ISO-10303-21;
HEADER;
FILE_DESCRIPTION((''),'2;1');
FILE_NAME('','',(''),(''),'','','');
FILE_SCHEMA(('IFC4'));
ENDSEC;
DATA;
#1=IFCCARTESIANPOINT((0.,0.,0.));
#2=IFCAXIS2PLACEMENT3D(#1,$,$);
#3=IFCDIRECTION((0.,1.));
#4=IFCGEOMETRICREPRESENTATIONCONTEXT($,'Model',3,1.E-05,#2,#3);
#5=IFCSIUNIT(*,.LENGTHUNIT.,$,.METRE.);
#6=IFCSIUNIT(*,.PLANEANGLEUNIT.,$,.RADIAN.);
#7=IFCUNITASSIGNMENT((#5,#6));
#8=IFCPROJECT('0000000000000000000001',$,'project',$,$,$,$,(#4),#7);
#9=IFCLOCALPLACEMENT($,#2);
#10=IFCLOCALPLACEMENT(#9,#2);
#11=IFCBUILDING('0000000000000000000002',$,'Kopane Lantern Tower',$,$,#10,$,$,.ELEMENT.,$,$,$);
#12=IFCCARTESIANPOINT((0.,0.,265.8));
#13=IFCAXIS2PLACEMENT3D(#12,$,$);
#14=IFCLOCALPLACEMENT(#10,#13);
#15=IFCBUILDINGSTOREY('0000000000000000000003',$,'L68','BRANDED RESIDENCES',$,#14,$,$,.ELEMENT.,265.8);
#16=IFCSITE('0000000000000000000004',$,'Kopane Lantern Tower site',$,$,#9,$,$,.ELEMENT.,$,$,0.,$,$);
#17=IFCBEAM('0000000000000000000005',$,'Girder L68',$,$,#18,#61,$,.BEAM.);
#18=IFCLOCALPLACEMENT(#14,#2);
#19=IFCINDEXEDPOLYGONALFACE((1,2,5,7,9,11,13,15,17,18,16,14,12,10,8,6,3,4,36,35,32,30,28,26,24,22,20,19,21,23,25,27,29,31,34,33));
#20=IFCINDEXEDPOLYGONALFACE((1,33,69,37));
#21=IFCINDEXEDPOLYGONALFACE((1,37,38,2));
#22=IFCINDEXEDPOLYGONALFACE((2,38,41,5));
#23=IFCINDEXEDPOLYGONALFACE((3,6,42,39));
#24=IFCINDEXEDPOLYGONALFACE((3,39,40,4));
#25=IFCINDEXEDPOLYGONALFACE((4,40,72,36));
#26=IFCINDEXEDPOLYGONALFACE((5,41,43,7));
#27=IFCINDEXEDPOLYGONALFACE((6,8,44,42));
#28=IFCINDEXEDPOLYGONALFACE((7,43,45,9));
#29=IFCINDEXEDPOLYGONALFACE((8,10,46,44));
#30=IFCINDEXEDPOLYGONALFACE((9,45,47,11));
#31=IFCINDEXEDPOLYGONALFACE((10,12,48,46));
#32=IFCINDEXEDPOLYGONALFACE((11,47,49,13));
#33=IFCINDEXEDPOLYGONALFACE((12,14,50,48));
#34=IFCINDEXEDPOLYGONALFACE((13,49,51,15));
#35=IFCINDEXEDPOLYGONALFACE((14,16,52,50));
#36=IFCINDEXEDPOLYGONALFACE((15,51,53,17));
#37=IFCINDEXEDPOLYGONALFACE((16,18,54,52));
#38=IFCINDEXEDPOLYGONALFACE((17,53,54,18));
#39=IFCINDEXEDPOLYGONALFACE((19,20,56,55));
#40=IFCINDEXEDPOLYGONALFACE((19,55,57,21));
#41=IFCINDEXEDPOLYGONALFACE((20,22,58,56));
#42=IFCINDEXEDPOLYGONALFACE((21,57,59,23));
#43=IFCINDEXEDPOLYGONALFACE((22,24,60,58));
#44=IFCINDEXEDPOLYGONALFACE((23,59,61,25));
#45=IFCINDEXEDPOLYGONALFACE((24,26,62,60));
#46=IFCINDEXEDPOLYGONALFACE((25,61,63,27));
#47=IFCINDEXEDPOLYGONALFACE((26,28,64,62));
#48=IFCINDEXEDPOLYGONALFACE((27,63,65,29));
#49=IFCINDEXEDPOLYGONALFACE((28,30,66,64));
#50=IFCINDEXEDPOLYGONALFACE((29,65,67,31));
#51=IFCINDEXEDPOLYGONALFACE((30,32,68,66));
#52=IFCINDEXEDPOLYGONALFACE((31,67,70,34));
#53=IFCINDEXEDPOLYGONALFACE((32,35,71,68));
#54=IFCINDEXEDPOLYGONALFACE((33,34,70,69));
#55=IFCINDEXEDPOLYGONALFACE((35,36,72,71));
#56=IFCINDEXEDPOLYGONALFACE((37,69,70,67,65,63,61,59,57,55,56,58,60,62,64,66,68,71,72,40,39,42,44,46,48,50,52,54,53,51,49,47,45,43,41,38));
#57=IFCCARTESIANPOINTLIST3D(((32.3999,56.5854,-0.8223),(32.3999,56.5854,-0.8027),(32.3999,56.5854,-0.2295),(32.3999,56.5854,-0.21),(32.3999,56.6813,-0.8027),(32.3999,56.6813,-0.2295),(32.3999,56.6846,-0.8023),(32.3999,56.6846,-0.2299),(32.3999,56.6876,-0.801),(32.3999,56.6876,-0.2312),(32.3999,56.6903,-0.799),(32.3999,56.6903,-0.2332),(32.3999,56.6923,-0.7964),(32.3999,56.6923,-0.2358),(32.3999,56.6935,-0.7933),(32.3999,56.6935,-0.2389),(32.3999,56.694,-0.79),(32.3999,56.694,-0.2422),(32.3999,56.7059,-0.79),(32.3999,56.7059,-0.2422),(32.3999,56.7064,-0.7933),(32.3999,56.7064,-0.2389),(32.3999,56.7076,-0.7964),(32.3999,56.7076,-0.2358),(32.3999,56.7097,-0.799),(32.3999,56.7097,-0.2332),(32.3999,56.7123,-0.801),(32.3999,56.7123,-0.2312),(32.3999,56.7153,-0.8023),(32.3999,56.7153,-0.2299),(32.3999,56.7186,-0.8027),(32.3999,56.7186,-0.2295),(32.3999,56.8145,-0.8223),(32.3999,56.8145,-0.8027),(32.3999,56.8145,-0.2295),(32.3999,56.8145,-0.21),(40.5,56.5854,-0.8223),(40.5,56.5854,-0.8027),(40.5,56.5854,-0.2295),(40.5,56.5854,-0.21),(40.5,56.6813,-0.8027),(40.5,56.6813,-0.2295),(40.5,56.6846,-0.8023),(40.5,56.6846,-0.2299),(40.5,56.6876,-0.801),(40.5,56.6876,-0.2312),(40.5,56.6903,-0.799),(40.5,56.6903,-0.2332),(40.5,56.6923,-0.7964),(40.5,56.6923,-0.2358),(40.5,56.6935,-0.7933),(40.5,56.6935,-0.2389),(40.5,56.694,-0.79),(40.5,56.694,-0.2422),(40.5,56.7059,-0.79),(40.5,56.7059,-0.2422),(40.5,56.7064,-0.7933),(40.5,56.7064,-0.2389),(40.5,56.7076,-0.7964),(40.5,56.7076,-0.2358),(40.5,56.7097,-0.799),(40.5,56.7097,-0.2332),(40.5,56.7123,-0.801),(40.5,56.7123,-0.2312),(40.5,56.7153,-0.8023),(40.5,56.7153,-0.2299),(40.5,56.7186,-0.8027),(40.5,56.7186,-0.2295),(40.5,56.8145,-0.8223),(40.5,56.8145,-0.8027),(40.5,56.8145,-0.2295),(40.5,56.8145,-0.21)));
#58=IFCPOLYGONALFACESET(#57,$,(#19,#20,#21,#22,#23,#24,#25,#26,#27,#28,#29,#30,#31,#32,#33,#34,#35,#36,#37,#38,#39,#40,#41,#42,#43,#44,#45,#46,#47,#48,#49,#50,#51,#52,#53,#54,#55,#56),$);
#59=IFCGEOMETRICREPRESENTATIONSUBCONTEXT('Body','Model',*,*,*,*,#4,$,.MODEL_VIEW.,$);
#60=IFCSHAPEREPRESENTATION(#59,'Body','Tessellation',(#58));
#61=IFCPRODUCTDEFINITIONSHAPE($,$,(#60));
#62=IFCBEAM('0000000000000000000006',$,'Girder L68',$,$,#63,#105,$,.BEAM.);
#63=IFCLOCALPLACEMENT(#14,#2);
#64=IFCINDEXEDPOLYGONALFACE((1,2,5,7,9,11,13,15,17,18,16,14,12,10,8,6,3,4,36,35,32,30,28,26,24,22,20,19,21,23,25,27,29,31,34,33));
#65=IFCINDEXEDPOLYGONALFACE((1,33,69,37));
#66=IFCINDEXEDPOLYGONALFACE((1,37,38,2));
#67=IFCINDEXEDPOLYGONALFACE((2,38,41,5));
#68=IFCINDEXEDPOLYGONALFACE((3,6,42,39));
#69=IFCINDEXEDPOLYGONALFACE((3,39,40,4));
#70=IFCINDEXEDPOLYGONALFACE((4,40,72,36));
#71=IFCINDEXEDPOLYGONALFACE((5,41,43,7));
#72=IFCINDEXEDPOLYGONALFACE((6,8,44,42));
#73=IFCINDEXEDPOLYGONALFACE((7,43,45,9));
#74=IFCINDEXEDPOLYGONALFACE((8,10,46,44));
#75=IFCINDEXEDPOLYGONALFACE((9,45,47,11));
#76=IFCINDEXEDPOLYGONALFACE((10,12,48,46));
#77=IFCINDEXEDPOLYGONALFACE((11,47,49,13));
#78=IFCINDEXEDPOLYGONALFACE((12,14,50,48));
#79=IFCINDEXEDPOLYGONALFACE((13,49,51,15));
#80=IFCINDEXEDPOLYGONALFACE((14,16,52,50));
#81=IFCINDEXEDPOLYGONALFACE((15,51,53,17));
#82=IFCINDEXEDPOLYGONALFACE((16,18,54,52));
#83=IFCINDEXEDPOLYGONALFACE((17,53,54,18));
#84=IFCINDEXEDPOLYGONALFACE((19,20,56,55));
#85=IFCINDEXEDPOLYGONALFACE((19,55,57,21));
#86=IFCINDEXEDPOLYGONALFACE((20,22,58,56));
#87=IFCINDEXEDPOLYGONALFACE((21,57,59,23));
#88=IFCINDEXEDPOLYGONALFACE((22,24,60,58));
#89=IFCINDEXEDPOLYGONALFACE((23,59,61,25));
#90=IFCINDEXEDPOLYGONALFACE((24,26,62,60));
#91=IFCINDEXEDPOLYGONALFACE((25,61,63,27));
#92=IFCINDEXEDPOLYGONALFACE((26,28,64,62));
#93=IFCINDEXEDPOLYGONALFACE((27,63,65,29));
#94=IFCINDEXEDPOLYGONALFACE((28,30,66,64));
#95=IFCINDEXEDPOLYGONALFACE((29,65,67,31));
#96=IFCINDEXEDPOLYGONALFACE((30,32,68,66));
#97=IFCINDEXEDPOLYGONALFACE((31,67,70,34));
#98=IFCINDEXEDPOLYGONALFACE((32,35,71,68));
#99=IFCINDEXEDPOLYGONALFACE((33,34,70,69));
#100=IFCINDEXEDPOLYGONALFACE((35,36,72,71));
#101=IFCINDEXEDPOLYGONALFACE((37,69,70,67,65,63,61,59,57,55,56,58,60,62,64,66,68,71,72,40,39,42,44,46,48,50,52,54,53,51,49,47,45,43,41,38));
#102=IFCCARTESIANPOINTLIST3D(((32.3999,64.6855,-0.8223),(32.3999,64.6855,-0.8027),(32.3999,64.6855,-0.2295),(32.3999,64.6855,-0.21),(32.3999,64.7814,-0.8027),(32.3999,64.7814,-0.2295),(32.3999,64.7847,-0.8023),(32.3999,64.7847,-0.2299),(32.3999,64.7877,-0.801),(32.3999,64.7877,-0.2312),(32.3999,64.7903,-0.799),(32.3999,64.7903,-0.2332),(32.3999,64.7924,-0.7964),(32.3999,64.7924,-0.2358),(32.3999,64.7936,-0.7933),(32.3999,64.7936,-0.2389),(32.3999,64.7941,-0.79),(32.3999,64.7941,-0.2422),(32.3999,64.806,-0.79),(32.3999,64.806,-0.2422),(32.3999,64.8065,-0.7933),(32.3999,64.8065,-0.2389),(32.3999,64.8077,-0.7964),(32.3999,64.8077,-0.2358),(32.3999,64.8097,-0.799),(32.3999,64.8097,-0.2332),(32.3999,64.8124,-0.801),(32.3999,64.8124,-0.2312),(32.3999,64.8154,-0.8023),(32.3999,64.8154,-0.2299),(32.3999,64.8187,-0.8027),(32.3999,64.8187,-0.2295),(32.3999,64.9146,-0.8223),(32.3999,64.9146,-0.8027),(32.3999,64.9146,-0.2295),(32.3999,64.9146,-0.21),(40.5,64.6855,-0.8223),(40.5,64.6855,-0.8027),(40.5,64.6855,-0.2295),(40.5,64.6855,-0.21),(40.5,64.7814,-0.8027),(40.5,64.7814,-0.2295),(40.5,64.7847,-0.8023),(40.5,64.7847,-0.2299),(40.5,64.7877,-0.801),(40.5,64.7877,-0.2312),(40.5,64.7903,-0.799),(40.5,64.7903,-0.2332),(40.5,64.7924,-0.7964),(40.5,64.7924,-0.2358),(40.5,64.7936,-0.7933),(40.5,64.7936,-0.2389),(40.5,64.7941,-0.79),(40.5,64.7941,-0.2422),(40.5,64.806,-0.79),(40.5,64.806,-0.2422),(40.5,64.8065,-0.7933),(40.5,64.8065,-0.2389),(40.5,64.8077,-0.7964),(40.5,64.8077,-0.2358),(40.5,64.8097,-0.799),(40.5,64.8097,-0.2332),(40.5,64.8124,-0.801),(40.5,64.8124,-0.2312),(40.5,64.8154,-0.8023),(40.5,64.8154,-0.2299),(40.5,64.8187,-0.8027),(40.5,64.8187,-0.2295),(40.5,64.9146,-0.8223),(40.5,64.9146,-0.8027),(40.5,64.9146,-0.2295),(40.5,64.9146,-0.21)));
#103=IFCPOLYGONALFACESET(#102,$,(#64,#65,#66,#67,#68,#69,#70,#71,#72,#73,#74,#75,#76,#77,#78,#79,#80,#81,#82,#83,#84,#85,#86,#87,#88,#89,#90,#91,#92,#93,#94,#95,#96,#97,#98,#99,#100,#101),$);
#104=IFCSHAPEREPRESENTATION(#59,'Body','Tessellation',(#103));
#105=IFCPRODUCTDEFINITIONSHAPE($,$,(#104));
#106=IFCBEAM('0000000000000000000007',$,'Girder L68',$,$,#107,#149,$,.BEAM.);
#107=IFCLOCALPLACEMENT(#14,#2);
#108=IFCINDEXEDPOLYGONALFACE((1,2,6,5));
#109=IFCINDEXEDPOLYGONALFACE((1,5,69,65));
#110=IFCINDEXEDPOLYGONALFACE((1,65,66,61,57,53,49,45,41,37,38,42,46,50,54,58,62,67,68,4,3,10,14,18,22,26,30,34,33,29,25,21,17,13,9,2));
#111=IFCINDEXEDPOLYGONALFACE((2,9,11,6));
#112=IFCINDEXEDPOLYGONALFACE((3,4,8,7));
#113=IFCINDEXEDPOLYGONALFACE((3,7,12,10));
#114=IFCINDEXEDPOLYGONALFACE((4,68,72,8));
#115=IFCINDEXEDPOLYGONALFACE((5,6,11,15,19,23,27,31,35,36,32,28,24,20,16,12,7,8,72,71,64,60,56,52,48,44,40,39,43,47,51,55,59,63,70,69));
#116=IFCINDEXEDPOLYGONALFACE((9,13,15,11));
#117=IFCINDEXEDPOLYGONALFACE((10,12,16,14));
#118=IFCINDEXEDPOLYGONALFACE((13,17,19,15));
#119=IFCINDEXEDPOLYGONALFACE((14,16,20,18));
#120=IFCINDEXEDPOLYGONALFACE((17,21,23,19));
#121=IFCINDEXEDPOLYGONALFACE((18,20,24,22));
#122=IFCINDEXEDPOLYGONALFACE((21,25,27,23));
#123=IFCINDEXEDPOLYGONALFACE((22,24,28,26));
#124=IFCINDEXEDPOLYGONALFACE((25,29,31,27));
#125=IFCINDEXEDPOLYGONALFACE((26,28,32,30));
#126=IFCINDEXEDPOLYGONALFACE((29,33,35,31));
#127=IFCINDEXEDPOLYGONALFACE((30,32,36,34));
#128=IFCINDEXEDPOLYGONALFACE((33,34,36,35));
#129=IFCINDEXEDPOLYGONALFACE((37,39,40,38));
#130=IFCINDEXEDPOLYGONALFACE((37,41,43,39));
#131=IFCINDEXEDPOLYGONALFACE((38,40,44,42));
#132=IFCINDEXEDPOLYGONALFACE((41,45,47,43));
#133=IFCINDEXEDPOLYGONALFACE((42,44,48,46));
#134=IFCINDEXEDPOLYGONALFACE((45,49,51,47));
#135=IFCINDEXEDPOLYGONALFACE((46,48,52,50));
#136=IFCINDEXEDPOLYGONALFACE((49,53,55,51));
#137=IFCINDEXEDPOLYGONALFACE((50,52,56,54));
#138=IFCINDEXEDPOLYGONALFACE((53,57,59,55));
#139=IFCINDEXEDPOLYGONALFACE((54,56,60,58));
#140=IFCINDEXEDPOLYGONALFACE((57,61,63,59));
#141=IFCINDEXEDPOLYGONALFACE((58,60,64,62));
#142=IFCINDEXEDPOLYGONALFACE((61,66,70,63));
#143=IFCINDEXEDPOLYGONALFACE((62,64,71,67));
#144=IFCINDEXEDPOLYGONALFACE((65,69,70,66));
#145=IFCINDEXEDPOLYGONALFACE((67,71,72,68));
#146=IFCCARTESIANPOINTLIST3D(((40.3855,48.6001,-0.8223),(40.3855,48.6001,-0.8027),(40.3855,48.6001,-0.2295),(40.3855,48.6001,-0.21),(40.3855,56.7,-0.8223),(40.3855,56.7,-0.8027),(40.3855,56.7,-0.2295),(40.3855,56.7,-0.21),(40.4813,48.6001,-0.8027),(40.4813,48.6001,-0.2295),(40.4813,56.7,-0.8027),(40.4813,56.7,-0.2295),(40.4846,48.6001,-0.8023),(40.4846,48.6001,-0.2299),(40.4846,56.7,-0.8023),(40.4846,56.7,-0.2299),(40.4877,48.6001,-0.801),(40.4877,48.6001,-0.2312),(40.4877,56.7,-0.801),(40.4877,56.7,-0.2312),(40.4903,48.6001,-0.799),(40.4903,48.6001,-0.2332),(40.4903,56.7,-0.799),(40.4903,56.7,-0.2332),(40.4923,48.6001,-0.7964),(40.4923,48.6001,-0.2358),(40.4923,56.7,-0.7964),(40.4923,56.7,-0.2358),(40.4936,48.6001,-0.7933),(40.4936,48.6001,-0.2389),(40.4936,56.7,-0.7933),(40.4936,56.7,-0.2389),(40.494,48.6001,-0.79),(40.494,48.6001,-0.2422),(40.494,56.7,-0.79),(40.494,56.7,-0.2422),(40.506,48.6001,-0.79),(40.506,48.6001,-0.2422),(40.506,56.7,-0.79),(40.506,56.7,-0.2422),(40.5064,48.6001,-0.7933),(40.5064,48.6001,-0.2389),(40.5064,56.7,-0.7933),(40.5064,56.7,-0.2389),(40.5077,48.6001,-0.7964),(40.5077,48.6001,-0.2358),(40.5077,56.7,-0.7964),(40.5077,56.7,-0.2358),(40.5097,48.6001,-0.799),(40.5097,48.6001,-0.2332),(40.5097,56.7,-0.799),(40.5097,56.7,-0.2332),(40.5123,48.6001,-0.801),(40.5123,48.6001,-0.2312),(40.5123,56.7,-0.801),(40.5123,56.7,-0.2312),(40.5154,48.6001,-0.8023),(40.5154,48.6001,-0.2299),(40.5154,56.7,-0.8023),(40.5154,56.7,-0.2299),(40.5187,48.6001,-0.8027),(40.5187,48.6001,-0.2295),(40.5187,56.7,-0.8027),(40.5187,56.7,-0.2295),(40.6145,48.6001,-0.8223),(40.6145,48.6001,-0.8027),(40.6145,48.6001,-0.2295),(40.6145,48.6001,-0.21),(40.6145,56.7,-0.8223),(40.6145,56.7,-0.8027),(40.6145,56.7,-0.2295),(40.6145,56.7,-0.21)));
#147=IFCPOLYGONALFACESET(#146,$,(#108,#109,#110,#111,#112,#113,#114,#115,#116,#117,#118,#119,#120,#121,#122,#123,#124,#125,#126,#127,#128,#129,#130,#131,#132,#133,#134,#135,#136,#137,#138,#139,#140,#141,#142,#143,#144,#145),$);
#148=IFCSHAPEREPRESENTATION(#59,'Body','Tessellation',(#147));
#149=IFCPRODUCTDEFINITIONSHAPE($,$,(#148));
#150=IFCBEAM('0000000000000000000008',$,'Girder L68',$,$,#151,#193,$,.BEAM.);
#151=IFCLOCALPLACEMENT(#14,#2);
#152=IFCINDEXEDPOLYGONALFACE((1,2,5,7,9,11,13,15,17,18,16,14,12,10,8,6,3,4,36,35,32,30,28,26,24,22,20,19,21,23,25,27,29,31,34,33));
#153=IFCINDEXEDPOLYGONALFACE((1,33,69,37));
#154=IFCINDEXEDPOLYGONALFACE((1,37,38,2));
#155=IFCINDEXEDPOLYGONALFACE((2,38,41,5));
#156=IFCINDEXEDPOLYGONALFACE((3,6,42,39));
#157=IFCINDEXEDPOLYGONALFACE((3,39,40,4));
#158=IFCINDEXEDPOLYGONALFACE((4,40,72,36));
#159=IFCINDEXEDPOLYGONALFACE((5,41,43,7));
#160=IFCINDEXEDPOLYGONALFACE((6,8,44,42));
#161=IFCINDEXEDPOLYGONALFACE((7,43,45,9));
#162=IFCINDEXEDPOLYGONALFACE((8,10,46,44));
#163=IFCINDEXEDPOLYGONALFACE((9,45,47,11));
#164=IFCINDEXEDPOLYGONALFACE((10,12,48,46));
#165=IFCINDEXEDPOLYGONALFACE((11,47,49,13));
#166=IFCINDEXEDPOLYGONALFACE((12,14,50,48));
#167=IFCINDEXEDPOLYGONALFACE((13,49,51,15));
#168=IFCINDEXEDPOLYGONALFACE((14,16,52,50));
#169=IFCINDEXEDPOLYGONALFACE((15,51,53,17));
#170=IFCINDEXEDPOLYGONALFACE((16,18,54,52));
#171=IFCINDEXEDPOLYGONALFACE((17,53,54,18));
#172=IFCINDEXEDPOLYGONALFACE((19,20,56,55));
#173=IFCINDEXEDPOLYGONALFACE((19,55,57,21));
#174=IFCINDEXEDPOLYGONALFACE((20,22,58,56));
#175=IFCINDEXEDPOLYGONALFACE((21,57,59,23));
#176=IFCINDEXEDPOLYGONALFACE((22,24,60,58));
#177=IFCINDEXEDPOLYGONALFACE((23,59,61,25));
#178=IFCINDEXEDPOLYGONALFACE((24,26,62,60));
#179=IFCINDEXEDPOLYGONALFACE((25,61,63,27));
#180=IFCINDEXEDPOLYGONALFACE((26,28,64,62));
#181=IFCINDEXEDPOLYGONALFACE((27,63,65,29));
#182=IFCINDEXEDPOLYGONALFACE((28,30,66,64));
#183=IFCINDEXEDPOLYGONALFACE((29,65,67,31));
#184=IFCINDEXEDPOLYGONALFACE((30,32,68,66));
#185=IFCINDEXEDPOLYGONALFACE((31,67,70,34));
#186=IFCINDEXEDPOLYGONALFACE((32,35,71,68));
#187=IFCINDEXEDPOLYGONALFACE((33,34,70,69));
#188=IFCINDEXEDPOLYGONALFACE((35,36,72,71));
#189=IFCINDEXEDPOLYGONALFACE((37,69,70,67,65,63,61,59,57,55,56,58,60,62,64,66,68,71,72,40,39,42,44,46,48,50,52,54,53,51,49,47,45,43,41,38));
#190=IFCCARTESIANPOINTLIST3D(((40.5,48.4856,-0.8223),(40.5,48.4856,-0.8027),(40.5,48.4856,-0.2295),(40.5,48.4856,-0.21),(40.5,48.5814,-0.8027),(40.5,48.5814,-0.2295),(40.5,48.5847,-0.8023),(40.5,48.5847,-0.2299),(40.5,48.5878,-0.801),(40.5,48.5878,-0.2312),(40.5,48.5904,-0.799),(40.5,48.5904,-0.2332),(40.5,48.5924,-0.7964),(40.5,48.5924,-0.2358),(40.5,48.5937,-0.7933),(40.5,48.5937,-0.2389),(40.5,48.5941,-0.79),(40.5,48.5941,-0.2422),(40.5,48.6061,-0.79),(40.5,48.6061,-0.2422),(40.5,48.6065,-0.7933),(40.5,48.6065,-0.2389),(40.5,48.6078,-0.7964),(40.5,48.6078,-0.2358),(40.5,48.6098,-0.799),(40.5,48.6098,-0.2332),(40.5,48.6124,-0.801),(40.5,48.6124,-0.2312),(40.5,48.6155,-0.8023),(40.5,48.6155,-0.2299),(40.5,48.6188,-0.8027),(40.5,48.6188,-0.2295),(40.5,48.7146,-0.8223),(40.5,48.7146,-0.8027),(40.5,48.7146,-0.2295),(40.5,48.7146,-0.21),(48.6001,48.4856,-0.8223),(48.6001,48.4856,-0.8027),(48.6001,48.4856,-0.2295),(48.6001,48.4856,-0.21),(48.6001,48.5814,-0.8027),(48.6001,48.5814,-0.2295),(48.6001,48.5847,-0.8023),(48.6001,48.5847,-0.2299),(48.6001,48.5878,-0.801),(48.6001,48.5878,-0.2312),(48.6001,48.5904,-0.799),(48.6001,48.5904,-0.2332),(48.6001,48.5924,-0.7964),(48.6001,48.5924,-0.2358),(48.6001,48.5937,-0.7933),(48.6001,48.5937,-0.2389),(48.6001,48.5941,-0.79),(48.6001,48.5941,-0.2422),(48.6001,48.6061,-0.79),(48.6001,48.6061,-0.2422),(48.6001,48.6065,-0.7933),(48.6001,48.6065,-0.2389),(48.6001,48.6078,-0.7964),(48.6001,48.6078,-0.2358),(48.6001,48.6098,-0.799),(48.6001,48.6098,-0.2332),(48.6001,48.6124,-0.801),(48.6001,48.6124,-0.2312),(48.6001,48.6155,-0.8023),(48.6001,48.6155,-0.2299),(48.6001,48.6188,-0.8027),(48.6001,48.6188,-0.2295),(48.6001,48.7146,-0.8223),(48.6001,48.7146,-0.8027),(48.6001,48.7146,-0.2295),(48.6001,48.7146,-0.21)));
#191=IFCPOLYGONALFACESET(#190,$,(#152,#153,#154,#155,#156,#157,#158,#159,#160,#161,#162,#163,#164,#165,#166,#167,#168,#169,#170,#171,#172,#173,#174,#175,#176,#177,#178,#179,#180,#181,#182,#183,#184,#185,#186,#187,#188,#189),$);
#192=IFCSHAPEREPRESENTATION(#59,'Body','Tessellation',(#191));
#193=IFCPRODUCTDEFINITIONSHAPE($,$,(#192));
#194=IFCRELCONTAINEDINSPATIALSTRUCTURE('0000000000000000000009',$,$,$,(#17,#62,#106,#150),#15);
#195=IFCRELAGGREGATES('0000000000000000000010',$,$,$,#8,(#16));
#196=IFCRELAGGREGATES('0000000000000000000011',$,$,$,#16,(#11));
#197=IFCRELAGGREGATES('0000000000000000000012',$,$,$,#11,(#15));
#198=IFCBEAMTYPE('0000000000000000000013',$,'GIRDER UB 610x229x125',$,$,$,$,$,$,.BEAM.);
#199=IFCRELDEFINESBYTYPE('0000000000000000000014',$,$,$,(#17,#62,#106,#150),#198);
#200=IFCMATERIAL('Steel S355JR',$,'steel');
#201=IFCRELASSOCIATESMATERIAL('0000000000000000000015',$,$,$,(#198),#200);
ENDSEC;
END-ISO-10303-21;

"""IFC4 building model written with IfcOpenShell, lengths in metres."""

from ifc_helpers import new_model, si_unit, direction, frame, origin, origin_2d, place, context, subcontext, project, spatial, i_section, extrude, material, material_profile, profile_set, type_object, element, save


model = new_model("IFC4")

# Units and contexts
model_context = context("Model", 3, precision=1e-05, world=origin(), true_north=direction((0.0, 1.0)))
body_context = subcontext(model_context, "Body", "Model", "MODEL_VIEW")
ifc_project = project(units=[si_unit("LENGTHUNIT", "METRE"), si_unit("PLANEANGLEUNIT", "RADIAN")], contexts=[model_context])

# Site, building, storey
site_placement = place(None, origin())
site = spatial("IfcSite", under=ifc_project, at=site_placement, Name="Kopane Lantern Tower site", CompositionType="ELEMENT", RefElevation=0.0)
building_placement = place(site_placement, origin())
building = spatial("IfcBuilding", under=site, at=building_placement, Name="Kopane Lantern Tower", CompositionType="ELEMENT")
storey_placement = place(building_placement, frame((0.0, 0.0, 265.8)))
storey = spatial("IfcBuildingStorey", under=building, at=storey_placement, Name="L68", Description="BRANDED RESIDENCES", CompositionType="ELEMENT", Elevation=265.8)

# Beams
ifc_material_1 = material(Name="Steel S355JR", Category="steel")
ifc_material_profile_1 = material_profile(ifc_material_1, i_section(OverallWidth=0.229, OverallDepth=0.6123, WebThickness=0.012, FlangeThickness=0.0195, FilletRadius=0.0127, at=origin_2d()), Name="UB 610x229x125")
ifc_profile_set_1 = profile_set([ifc_material_profile_1], Name="Steel S355JR")
beam_type = type_object("IfcBeamType", Name="GIRDER UB 610x229x125", PredefinedType="BEAM", material=ifc_profile_set_1)
for number, where, z_axis, x_axis, name in (
    (1, (32.3999, 56.7, -0.5161), (1.0, 0.0, 0.0), (0.0, 1.0, 0.0), "Girder L68"),
    (2, (32.3999, 64.8, -0.5161), (1.0, 0.0, 0.0), (0.0, 1.0, 0.0), "Girder L68"),
):
    element("IfcBeam", number, at=place(storey_placement, frame(where, z_axis=z_axis, x_axis=x_axis)), inside=storey, type_object=beam_type, Name=name, PredefinedType="BEAM", context=body_context, shape_type="SweptSolid", body=[
        extrude(i_section(OverallWidth=0.229, OverallDepth=0.6123, WebThickness=0.012, FlangeThickness=0.0195, FilletRadius=0.0127, at=origin_2d()), origin(), (0.0, 0.0, 1.0), 8.1001),
    ])
beam_1_placement = place(storey_placement, frame((40.5, 48.6001, -0.5161), z_axis=(0.0, 1.0, 0.0), x_axis=(-1.0, 0.0, 0.0)))
element("IfcBeam", 3, at=beam_1_placement, inside=storey, type_object=beam_type, Name="Girder L68", PredefinedType="BEAM", context=body_context, shape_type="SweptSolid", body=[
    extrude(i_section(OverallWidth=0.229, OverallDepth=0.6123, WebThickness=0.012, FlangeThickness=0.0195, FilletRadius=0.0127, at=origin_2d()), origin(), (0.0, 0.0, 1.0), 8.0999),
])
beam_2_placement = place(storey_placement, frame((40.5, 48.6001, -0.5161), z_axis=(1.0, 0.0, 0.0), x_axis=(0.0, 1.0, 0.0)))
element("IfcBeam", 4, at=beam_2_placement, inside=storey, type_object=beam_type, Name="Girder L68", PredefinedType="BEAM", context=body_context, shape_type="SweptSolid", body=[
    extrude(i_section(OverallWidth=0.229, OverallDepth=0.6123, WebThickness=0.012, FlangeThickness=0.0195, FilletRadius=0.0127, at=origin_2d()), origin(), (0.0, 0.0, 1.0), 8.1001),
])

save(model, "model.ifc")
